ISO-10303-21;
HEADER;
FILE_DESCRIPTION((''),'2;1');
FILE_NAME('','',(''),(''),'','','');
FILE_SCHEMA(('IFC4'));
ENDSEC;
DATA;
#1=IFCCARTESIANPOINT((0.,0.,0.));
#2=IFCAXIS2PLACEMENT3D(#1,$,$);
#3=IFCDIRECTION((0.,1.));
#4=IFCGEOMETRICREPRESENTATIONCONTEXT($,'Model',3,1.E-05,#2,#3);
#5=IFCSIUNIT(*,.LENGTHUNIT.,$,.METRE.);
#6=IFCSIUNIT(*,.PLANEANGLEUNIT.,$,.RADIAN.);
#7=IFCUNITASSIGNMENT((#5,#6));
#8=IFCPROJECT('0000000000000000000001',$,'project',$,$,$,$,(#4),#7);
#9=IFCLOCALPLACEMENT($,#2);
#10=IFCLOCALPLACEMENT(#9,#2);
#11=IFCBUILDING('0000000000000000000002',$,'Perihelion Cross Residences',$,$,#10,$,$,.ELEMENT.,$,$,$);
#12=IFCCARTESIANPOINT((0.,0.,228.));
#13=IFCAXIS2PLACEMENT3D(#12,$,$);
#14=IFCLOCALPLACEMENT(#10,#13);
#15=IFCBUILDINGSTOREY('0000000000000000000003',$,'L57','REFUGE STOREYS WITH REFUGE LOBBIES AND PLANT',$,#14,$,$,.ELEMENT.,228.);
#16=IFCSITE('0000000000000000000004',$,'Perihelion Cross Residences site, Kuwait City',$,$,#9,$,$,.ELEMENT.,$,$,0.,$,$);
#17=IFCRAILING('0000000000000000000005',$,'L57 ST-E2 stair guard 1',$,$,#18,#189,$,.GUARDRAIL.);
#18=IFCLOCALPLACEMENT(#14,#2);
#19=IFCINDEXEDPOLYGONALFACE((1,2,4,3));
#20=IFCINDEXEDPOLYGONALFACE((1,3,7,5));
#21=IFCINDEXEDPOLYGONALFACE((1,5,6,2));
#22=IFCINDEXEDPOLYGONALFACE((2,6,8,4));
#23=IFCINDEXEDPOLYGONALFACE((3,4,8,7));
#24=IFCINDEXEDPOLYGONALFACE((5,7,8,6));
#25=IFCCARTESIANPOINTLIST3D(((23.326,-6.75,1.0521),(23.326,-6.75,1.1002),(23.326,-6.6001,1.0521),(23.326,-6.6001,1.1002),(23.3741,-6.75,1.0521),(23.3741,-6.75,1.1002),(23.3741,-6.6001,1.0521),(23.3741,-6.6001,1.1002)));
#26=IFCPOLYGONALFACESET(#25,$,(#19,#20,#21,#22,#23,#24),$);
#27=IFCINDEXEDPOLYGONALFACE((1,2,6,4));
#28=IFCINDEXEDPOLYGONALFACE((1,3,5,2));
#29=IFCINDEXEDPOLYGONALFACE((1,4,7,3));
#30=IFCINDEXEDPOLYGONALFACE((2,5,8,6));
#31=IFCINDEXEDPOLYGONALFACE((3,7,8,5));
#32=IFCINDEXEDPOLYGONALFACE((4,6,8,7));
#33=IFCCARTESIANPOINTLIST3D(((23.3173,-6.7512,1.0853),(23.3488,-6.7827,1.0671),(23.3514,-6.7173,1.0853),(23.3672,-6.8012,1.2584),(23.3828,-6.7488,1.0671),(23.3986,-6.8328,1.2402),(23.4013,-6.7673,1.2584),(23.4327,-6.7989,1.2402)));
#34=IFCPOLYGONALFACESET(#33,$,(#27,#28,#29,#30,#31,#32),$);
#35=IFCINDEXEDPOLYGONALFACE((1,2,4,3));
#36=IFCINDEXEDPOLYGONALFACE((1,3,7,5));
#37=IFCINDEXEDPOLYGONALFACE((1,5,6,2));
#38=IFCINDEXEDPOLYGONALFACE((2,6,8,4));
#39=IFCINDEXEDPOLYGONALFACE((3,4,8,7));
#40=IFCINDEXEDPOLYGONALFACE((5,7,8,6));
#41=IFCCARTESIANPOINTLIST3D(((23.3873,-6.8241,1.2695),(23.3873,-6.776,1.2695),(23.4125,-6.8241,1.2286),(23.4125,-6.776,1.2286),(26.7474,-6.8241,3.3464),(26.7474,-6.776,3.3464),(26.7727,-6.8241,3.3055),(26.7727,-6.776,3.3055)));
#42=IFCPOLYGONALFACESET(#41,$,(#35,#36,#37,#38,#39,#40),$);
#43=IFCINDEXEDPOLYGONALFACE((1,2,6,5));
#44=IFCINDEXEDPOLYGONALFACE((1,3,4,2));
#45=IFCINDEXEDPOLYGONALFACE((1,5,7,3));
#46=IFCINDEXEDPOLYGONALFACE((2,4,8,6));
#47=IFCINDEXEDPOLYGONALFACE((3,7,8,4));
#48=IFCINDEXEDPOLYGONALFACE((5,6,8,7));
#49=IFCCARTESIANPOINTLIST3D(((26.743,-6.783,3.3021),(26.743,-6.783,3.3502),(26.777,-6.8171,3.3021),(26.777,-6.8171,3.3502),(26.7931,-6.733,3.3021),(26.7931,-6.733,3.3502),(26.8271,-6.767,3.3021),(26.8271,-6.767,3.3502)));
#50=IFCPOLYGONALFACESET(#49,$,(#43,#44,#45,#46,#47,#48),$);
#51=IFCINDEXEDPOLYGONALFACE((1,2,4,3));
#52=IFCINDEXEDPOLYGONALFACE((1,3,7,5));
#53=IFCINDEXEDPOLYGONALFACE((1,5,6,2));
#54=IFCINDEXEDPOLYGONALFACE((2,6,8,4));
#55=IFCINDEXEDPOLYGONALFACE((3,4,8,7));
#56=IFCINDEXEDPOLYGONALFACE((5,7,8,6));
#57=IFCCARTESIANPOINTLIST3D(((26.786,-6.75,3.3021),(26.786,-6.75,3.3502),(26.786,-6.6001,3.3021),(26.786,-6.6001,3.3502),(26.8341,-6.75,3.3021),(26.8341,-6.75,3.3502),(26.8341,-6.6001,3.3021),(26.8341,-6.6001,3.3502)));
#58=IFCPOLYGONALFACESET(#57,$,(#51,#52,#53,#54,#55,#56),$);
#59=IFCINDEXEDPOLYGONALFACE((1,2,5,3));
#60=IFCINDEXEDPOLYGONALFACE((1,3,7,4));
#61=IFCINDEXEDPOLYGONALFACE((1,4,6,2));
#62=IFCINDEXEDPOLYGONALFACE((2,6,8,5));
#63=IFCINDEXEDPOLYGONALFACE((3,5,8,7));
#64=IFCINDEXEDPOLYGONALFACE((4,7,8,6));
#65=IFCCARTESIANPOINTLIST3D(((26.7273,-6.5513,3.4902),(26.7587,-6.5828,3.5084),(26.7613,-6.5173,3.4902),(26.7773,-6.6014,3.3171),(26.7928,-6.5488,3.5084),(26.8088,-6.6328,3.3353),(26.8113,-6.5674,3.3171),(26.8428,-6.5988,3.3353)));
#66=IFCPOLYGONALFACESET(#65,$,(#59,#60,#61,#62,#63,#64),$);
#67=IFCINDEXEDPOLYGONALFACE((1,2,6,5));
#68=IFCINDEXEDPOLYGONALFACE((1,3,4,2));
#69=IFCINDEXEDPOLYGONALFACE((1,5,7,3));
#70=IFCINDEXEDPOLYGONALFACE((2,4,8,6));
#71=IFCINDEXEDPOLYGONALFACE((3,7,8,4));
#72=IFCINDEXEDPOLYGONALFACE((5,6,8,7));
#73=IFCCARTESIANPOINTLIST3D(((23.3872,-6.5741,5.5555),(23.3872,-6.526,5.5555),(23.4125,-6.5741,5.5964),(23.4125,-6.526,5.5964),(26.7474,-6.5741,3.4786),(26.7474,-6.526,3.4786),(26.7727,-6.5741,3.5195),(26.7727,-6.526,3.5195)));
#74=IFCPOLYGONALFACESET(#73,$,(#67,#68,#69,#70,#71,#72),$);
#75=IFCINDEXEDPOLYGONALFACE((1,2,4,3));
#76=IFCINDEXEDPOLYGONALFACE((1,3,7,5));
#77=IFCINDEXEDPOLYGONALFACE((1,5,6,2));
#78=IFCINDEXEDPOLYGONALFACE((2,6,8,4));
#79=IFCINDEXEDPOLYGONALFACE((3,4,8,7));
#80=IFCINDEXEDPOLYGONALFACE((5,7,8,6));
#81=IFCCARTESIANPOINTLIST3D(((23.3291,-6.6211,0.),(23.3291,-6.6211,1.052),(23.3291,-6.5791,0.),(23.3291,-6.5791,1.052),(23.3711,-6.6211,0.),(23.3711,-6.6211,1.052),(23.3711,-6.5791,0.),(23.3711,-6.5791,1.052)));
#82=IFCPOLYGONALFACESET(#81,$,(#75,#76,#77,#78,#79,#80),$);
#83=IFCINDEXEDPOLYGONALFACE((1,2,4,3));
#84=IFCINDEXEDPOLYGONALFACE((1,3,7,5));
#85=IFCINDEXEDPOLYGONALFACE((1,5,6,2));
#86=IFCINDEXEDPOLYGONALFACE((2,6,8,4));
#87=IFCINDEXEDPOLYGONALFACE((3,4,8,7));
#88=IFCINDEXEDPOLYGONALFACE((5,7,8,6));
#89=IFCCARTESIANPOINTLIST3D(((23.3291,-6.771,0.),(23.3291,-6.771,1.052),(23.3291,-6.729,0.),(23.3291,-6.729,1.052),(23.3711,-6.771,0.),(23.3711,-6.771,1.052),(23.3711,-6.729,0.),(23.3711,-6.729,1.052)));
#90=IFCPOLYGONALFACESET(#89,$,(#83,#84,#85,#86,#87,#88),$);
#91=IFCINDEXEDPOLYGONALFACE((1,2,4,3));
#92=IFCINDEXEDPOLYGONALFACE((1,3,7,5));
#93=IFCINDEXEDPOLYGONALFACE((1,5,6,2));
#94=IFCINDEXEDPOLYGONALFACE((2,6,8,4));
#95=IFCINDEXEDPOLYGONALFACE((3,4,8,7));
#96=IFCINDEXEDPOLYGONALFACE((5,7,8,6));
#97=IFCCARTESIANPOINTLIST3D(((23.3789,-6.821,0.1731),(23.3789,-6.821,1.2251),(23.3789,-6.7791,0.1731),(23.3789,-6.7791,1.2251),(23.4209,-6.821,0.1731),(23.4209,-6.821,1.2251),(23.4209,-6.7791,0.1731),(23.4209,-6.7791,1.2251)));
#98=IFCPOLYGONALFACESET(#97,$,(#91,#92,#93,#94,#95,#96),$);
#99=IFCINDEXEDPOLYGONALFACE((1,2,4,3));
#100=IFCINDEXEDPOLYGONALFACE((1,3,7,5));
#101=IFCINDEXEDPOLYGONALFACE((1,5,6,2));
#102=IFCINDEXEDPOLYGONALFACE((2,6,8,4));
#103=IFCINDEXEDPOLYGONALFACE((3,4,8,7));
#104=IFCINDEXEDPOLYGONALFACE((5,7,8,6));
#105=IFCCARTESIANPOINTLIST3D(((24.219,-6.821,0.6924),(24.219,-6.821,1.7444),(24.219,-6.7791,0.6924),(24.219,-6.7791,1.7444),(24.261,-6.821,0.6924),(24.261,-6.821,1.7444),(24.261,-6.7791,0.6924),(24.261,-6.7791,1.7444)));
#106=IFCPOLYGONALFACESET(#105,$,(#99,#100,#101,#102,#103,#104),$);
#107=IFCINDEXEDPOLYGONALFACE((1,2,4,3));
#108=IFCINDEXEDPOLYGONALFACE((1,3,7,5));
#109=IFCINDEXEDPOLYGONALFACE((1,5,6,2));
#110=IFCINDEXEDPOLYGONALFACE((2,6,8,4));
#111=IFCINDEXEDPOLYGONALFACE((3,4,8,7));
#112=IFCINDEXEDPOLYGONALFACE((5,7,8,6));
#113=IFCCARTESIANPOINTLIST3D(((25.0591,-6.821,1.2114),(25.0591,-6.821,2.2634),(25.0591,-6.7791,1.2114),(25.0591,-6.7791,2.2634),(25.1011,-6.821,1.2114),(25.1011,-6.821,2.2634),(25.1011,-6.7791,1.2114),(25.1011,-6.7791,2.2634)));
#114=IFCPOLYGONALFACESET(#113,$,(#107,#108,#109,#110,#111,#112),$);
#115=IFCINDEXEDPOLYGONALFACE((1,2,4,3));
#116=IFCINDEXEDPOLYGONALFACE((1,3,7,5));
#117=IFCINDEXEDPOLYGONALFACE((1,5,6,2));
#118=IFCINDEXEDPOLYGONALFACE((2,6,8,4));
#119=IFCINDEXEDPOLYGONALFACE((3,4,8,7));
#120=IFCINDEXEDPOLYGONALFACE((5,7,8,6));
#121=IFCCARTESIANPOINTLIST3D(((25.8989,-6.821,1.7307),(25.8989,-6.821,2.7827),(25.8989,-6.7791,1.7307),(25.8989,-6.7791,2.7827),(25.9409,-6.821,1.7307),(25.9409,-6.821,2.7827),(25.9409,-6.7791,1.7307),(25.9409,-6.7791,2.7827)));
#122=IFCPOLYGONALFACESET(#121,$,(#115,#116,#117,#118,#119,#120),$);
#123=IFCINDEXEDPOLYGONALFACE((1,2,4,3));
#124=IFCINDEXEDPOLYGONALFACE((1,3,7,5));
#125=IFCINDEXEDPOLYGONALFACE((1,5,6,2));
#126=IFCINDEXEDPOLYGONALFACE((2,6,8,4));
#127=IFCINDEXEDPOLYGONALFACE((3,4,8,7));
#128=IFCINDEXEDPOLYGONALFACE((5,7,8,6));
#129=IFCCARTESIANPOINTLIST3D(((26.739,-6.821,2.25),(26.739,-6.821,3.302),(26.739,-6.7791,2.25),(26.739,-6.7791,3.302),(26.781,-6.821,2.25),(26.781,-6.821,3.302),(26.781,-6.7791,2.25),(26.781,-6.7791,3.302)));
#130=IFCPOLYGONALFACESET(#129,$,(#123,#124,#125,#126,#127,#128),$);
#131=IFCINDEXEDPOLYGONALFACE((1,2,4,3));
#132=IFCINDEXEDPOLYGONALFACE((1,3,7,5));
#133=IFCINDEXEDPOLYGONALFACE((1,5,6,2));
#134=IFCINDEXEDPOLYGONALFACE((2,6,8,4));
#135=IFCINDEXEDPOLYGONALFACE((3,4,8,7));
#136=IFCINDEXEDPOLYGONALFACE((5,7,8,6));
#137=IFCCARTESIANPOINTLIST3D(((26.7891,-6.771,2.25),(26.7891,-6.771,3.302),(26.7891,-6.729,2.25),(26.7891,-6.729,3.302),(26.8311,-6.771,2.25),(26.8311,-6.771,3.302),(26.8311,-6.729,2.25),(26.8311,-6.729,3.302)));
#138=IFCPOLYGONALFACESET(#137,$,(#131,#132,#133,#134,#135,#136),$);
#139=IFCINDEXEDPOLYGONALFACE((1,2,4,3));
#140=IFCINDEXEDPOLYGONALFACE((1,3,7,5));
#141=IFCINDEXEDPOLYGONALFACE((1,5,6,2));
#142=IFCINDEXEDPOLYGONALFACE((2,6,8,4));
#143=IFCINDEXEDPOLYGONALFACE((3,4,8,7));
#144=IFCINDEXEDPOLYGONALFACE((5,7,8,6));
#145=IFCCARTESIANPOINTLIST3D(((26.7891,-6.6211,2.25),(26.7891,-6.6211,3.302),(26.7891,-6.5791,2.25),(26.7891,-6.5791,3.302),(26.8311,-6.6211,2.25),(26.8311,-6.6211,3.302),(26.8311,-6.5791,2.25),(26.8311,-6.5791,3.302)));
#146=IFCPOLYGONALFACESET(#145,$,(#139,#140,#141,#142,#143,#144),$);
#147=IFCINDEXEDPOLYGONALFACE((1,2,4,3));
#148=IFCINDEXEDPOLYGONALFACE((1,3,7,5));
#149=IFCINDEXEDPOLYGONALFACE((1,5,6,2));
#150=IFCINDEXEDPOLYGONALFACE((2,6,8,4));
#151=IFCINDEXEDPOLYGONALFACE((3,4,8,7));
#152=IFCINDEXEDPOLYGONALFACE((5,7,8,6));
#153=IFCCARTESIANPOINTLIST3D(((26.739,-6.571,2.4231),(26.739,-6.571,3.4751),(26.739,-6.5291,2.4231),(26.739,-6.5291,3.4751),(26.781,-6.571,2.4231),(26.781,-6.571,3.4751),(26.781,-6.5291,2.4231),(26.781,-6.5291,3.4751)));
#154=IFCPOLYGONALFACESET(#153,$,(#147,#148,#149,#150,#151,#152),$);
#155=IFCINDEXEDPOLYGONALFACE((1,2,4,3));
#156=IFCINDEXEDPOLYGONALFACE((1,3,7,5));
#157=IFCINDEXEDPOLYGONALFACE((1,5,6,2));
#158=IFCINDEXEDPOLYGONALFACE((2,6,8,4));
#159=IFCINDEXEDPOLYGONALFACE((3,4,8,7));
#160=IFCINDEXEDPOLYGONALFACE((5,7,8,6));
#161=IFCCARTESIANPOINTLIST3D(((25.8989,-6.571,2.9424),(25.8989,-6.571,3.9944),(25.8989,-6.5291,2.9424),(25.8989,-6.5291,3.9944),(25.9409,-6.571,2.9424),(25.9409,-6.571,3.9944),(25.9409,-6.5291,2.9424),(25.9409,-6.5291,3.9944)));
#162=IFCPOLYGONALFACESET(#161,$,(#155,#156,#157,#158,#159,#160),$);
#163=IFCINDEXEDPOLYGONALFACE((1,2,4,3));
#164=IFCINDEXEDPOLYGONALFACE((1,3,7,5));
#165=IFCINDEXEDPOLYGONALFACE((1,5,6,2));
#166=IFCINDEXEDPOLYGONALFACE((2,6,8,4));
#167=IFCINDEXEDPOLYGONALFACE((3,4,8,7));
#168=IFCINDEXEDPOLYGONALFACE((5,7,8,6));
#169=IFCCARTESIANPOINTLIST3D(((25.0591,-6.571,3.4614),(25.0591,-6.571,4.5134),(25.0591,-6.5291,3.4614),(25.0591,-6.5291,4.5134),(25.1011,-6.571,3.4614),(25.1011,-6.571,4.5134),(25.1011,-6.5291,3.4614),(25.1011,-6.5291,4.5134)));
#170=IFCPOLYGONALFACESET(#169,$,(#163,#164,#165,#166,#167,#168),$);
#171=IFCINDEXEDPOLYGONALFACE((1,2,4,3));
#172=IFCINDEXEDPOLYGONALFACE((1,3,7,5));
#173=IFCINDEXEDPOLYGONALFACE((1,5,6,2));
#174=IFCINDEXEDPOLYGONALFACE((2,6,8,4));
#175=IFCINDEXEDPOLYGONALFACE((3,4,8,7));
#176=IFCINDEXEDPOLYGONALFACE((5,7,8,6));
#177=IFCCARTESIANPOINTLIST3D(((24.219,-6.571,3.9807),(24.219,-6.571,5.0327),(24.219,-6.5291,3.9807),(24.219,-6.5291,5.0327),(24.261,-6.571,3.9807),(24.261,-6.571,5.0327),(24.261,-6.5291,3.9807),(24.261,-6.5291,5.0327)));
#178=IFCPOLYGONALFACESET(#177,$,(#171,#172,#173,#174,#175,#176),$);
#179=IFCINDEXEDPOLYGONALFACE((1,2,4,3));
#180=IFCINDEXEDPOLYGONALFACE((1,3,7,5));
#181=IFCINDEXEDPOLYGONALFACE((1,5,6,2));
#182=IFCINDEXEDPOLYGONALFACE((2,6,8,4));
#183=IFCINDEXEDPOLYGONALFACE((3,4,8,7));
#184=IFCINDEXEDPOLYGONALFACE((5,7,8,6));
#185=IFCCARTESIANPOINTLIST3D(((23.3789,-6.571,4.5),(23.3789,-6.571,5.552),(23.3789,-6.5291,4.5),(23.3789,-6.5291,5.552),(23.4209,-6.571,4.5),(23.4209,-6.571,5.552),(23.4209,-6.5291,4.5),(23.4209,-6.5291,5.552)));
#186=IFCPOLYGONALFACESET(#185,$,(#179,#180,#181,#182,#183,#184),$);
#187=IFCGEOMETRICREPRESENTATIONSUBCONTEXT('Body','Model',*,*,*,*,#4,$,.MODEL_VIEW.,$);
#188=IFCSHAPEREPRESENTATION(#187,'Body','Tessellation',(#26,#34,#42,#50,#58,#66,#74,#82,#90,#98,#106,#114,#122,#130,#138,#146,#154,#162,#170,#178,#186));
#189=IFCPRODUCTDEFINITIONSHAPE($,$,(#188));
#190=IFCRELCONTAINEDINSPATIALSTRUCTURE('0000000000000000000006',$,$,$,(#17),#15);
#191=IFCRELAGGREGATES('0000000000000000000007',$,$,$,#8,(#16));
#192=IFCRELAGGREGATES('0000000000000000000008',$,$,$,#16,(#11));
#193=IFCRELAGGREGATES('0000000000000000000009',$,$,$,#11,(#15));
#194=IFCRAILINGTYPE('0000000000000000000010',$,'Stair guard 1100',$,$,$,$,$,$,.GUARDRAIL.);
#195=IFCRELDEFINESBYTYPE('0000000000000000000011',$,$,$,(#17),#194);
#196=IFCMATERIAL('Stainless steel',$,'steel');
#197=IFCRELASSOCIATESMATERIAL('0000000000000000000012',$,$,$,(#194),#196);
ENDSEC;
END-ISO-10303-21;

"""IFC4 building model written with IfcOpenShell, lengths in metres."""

from ifc_helpers import new_model, si_unit, direction, frame, origin, origin_2d, place, context, subcontext, project, spatial, rectangle, extrude, material, type_object, element, save


model = new_model("IFC4")

# Units and contexts
model_context = context("Model", 3, precision=1e-05, world=origin(), true_north=direction((0.0, 1.0)))
body_context = subcontext(model_context, "Body", "Model", "MODEL_VIEW")
ifc_project = project(units=[si_unit("LENGTHUNIT", "METRE"), si_unit("PLANEANGLEUNIT", "RADIAN")], contexts=[model_context])

# Site, building, storey
site_placement = place(None, origin())
site = spatial("IfcSite", under=ifc_project, at=site_placement, Name="Perihelion Cross Residences site, Kuwait City", CompositionType="ELEMENT", RefElevation=0.0)
building_placement = place(site_placement, origin())
building = spatial("IfcBuilding", under=site, at=building_placement, Name="Perihelion Cross Residences", CompositionType="ELEMENT")
storey_placement = place(building_placement, frame((0.0, 0.0, 228.0)))
storey = spatial("IfcBuildingStorey", under=building, at=storey_placement, Name="L57", Description="REFUGE STOREYS WITH REFUGE LOBBIES AND PLANT", CompositionType="ELEMENT", Elevation=228.0)

# Railing
ifc_material_1 = material(Name="Stainless steel", Category="steel")
railing_type_1 = type_object("IfcRailingType", Name="Stair guard 1100", PredefinedType="GUARDRAIL", material=ifc_material_1)
railing_1_placement = place(storey_placement, frame((23.3501, -6.6001, 0.0)))
element("IfcRailing", 1, at=railing_1_placement, inside=storey, type_object=railing_type_1, Name="L57 ST-E2 stair guard 1", PredefinedType="GUARDRAIL", context=body_context, shape_type="SweptSolid", body=[
    extrude(rectangle(XDim=0.0481, YDim=0.0481, at=origin_2d()), frame((0.0, 0.0, 1.0762), z_axis=(0.0, -1.0, 0.0), x_axis=(1.0, 0.0, 0.0)), (0.0, 0.0, 1.0), 0.1499),
    extrude(rectangle(XDim=0.0481, YDim=0.0481, at=origin_2d()), frame((0.0, -0.1499, 1.0762), z_axis=(0.266417, -0.267723, 0.92593), x_axis=(0.708834, 0.705376, 0.0)), (0.0, 0.0, 1.0), 0.187),
    extrude(rectangle(XDim=0.0481, YDim=0.0481, at=origin_2d()), frame((0.0498, -0.2, 1.249), z_axis=(0.850623, 0.0, 0.525776), x_axis=(0.0, 1.0, 0.0)), (0.0, 0.0, 1.0), 3.9502),
    extrude(rectangle(XDim=0.0481, YDim=0.0481, at=origin_2d()), frame((3.4099, -0.2, 3.3262), z_axis=(0.707107, 0.707107, 0.0), x_axis=(-0.707107, 0.707107, 0.0)), (0.0, 0.0, 1.0), 0.0708),
    extrude(rectangle(XDim=0.0481, YDim=0.0481, at=origin_2d()), frame((3.46, -0.1499, 3.3262), z_axis=(0.0, 1.0, 0.0), x_axis=(-1.0, 0.0, 0.0)), (0.0, 0.0, 1.0), 0.1499),
    extrude(rectangle(XDim=0.0481, YDim=0.0481, at=origin_2d()), frame((3.46, 0.0, 3.3262), z_axis=(-0.26763, 0.26763, 0.925607), x_axis=(-0.707107, -0.707107, 0.0)), (0.0, 0.0, 1.0), 0.187),
    extrude(rectangle(XDim=0.0481, YDim=0.0481, at=origin_2d()), frame((3.4099, 0.05, 3.499), z_axis=(-0.850623, 0.0, 0.525776), x_axis=(0.0, -1.0, 0.0)), (0.0, 0.0, 1.0), 3.9502),
    extrude(rectangle(XDim=0.042, YDim=0.042, at=origin_2d()), origin(), (0.0, 0.0, 1.0), 1.052),
    extrude(rectangle(XDim=0.042, YDim=0.042, at=origin_2d()), frame((0.0, -0.1499, 0.0)), (0.0, 0.0, 1.0), 1.052),
    extrude(rectangle(XDim=0.042, YDim=0.042, at=origin_2d()), frame((0.0498, -0.2, 0.1731)), (0.0, 0.0, 1.0), 1.052),
    extrude(rectangle(XDim=0.042, YDim=0.042, at=origin_2d()), frame((0.8899, -0.2, 0.6924)), (0.0, 0.0, 1.0), 1.052),
    extrude(rectangle(XDim=0.042, YDim=0.042, at=origin_2d()), frame((1.73, -0.2, 1.2114)), (0.0, 0.0, 1.0), 1.052),
    extrude(rectangle(XDim=0.042, YDim=0.042, at=origin_2d()), frame((2.5698, -0.2, 1.7307)), (0.0, 0.0, 1.0), 1.052),
    extrude(rectangle(XDim=0.042, YDim=0.042, at=origin_2d()), frame((3.4099, -0.2, 2.25)), (0.0, 0.0, 1.0), 1.052),
    extrude(rectangle(XDim=0.042, YDim=0.042, at=origin_2d()), frame((3.46, -0.1499, 2.25)), (0.0, 0.0, 1.0), 1.052),
    extrude(rectangle(XDim=0.042, YDim=0.042, at=origin_2d()), frame((3.46, 0.0, 2.25)), (0.0, 0.0, 1.0), 1.052),
    extrude(rectangle(XDim=0.042, YDim=0.042, at=origin_2d()), frame((3.4099, 0.05, 2.4231)), (0.0, 0.0, 1.0), 1.052),
    extrude(rectangle(XDim=0.042, YDim=0.042, at=origin_2d()), frame((2.5698, 0.05, 2.9424)), (0.0, 0.0, 1.0), 1.052),
    extrude(rectangle(XDim=0.042, YDim=0.042, at=origin_2d()), frame((1.73, 0.05, 3.4614)), (0.0, 0.0, 1.0), 1.052),
    extrude(rectangle(XDim=0.042, YDim=0.042, at=origin_2d()), frame((0.8899, 0.05, 3.9807)), (0.0, 0.0, 1.0), 1.052),
    extrude(rectangle(XDim=0.042, YDim=0.042, at=origin_2d()), frame((0.0498, 0.05, 4.5)), (0.0, 0.0, 1.0), 1.052),
])

save(model, "model.ifc")
